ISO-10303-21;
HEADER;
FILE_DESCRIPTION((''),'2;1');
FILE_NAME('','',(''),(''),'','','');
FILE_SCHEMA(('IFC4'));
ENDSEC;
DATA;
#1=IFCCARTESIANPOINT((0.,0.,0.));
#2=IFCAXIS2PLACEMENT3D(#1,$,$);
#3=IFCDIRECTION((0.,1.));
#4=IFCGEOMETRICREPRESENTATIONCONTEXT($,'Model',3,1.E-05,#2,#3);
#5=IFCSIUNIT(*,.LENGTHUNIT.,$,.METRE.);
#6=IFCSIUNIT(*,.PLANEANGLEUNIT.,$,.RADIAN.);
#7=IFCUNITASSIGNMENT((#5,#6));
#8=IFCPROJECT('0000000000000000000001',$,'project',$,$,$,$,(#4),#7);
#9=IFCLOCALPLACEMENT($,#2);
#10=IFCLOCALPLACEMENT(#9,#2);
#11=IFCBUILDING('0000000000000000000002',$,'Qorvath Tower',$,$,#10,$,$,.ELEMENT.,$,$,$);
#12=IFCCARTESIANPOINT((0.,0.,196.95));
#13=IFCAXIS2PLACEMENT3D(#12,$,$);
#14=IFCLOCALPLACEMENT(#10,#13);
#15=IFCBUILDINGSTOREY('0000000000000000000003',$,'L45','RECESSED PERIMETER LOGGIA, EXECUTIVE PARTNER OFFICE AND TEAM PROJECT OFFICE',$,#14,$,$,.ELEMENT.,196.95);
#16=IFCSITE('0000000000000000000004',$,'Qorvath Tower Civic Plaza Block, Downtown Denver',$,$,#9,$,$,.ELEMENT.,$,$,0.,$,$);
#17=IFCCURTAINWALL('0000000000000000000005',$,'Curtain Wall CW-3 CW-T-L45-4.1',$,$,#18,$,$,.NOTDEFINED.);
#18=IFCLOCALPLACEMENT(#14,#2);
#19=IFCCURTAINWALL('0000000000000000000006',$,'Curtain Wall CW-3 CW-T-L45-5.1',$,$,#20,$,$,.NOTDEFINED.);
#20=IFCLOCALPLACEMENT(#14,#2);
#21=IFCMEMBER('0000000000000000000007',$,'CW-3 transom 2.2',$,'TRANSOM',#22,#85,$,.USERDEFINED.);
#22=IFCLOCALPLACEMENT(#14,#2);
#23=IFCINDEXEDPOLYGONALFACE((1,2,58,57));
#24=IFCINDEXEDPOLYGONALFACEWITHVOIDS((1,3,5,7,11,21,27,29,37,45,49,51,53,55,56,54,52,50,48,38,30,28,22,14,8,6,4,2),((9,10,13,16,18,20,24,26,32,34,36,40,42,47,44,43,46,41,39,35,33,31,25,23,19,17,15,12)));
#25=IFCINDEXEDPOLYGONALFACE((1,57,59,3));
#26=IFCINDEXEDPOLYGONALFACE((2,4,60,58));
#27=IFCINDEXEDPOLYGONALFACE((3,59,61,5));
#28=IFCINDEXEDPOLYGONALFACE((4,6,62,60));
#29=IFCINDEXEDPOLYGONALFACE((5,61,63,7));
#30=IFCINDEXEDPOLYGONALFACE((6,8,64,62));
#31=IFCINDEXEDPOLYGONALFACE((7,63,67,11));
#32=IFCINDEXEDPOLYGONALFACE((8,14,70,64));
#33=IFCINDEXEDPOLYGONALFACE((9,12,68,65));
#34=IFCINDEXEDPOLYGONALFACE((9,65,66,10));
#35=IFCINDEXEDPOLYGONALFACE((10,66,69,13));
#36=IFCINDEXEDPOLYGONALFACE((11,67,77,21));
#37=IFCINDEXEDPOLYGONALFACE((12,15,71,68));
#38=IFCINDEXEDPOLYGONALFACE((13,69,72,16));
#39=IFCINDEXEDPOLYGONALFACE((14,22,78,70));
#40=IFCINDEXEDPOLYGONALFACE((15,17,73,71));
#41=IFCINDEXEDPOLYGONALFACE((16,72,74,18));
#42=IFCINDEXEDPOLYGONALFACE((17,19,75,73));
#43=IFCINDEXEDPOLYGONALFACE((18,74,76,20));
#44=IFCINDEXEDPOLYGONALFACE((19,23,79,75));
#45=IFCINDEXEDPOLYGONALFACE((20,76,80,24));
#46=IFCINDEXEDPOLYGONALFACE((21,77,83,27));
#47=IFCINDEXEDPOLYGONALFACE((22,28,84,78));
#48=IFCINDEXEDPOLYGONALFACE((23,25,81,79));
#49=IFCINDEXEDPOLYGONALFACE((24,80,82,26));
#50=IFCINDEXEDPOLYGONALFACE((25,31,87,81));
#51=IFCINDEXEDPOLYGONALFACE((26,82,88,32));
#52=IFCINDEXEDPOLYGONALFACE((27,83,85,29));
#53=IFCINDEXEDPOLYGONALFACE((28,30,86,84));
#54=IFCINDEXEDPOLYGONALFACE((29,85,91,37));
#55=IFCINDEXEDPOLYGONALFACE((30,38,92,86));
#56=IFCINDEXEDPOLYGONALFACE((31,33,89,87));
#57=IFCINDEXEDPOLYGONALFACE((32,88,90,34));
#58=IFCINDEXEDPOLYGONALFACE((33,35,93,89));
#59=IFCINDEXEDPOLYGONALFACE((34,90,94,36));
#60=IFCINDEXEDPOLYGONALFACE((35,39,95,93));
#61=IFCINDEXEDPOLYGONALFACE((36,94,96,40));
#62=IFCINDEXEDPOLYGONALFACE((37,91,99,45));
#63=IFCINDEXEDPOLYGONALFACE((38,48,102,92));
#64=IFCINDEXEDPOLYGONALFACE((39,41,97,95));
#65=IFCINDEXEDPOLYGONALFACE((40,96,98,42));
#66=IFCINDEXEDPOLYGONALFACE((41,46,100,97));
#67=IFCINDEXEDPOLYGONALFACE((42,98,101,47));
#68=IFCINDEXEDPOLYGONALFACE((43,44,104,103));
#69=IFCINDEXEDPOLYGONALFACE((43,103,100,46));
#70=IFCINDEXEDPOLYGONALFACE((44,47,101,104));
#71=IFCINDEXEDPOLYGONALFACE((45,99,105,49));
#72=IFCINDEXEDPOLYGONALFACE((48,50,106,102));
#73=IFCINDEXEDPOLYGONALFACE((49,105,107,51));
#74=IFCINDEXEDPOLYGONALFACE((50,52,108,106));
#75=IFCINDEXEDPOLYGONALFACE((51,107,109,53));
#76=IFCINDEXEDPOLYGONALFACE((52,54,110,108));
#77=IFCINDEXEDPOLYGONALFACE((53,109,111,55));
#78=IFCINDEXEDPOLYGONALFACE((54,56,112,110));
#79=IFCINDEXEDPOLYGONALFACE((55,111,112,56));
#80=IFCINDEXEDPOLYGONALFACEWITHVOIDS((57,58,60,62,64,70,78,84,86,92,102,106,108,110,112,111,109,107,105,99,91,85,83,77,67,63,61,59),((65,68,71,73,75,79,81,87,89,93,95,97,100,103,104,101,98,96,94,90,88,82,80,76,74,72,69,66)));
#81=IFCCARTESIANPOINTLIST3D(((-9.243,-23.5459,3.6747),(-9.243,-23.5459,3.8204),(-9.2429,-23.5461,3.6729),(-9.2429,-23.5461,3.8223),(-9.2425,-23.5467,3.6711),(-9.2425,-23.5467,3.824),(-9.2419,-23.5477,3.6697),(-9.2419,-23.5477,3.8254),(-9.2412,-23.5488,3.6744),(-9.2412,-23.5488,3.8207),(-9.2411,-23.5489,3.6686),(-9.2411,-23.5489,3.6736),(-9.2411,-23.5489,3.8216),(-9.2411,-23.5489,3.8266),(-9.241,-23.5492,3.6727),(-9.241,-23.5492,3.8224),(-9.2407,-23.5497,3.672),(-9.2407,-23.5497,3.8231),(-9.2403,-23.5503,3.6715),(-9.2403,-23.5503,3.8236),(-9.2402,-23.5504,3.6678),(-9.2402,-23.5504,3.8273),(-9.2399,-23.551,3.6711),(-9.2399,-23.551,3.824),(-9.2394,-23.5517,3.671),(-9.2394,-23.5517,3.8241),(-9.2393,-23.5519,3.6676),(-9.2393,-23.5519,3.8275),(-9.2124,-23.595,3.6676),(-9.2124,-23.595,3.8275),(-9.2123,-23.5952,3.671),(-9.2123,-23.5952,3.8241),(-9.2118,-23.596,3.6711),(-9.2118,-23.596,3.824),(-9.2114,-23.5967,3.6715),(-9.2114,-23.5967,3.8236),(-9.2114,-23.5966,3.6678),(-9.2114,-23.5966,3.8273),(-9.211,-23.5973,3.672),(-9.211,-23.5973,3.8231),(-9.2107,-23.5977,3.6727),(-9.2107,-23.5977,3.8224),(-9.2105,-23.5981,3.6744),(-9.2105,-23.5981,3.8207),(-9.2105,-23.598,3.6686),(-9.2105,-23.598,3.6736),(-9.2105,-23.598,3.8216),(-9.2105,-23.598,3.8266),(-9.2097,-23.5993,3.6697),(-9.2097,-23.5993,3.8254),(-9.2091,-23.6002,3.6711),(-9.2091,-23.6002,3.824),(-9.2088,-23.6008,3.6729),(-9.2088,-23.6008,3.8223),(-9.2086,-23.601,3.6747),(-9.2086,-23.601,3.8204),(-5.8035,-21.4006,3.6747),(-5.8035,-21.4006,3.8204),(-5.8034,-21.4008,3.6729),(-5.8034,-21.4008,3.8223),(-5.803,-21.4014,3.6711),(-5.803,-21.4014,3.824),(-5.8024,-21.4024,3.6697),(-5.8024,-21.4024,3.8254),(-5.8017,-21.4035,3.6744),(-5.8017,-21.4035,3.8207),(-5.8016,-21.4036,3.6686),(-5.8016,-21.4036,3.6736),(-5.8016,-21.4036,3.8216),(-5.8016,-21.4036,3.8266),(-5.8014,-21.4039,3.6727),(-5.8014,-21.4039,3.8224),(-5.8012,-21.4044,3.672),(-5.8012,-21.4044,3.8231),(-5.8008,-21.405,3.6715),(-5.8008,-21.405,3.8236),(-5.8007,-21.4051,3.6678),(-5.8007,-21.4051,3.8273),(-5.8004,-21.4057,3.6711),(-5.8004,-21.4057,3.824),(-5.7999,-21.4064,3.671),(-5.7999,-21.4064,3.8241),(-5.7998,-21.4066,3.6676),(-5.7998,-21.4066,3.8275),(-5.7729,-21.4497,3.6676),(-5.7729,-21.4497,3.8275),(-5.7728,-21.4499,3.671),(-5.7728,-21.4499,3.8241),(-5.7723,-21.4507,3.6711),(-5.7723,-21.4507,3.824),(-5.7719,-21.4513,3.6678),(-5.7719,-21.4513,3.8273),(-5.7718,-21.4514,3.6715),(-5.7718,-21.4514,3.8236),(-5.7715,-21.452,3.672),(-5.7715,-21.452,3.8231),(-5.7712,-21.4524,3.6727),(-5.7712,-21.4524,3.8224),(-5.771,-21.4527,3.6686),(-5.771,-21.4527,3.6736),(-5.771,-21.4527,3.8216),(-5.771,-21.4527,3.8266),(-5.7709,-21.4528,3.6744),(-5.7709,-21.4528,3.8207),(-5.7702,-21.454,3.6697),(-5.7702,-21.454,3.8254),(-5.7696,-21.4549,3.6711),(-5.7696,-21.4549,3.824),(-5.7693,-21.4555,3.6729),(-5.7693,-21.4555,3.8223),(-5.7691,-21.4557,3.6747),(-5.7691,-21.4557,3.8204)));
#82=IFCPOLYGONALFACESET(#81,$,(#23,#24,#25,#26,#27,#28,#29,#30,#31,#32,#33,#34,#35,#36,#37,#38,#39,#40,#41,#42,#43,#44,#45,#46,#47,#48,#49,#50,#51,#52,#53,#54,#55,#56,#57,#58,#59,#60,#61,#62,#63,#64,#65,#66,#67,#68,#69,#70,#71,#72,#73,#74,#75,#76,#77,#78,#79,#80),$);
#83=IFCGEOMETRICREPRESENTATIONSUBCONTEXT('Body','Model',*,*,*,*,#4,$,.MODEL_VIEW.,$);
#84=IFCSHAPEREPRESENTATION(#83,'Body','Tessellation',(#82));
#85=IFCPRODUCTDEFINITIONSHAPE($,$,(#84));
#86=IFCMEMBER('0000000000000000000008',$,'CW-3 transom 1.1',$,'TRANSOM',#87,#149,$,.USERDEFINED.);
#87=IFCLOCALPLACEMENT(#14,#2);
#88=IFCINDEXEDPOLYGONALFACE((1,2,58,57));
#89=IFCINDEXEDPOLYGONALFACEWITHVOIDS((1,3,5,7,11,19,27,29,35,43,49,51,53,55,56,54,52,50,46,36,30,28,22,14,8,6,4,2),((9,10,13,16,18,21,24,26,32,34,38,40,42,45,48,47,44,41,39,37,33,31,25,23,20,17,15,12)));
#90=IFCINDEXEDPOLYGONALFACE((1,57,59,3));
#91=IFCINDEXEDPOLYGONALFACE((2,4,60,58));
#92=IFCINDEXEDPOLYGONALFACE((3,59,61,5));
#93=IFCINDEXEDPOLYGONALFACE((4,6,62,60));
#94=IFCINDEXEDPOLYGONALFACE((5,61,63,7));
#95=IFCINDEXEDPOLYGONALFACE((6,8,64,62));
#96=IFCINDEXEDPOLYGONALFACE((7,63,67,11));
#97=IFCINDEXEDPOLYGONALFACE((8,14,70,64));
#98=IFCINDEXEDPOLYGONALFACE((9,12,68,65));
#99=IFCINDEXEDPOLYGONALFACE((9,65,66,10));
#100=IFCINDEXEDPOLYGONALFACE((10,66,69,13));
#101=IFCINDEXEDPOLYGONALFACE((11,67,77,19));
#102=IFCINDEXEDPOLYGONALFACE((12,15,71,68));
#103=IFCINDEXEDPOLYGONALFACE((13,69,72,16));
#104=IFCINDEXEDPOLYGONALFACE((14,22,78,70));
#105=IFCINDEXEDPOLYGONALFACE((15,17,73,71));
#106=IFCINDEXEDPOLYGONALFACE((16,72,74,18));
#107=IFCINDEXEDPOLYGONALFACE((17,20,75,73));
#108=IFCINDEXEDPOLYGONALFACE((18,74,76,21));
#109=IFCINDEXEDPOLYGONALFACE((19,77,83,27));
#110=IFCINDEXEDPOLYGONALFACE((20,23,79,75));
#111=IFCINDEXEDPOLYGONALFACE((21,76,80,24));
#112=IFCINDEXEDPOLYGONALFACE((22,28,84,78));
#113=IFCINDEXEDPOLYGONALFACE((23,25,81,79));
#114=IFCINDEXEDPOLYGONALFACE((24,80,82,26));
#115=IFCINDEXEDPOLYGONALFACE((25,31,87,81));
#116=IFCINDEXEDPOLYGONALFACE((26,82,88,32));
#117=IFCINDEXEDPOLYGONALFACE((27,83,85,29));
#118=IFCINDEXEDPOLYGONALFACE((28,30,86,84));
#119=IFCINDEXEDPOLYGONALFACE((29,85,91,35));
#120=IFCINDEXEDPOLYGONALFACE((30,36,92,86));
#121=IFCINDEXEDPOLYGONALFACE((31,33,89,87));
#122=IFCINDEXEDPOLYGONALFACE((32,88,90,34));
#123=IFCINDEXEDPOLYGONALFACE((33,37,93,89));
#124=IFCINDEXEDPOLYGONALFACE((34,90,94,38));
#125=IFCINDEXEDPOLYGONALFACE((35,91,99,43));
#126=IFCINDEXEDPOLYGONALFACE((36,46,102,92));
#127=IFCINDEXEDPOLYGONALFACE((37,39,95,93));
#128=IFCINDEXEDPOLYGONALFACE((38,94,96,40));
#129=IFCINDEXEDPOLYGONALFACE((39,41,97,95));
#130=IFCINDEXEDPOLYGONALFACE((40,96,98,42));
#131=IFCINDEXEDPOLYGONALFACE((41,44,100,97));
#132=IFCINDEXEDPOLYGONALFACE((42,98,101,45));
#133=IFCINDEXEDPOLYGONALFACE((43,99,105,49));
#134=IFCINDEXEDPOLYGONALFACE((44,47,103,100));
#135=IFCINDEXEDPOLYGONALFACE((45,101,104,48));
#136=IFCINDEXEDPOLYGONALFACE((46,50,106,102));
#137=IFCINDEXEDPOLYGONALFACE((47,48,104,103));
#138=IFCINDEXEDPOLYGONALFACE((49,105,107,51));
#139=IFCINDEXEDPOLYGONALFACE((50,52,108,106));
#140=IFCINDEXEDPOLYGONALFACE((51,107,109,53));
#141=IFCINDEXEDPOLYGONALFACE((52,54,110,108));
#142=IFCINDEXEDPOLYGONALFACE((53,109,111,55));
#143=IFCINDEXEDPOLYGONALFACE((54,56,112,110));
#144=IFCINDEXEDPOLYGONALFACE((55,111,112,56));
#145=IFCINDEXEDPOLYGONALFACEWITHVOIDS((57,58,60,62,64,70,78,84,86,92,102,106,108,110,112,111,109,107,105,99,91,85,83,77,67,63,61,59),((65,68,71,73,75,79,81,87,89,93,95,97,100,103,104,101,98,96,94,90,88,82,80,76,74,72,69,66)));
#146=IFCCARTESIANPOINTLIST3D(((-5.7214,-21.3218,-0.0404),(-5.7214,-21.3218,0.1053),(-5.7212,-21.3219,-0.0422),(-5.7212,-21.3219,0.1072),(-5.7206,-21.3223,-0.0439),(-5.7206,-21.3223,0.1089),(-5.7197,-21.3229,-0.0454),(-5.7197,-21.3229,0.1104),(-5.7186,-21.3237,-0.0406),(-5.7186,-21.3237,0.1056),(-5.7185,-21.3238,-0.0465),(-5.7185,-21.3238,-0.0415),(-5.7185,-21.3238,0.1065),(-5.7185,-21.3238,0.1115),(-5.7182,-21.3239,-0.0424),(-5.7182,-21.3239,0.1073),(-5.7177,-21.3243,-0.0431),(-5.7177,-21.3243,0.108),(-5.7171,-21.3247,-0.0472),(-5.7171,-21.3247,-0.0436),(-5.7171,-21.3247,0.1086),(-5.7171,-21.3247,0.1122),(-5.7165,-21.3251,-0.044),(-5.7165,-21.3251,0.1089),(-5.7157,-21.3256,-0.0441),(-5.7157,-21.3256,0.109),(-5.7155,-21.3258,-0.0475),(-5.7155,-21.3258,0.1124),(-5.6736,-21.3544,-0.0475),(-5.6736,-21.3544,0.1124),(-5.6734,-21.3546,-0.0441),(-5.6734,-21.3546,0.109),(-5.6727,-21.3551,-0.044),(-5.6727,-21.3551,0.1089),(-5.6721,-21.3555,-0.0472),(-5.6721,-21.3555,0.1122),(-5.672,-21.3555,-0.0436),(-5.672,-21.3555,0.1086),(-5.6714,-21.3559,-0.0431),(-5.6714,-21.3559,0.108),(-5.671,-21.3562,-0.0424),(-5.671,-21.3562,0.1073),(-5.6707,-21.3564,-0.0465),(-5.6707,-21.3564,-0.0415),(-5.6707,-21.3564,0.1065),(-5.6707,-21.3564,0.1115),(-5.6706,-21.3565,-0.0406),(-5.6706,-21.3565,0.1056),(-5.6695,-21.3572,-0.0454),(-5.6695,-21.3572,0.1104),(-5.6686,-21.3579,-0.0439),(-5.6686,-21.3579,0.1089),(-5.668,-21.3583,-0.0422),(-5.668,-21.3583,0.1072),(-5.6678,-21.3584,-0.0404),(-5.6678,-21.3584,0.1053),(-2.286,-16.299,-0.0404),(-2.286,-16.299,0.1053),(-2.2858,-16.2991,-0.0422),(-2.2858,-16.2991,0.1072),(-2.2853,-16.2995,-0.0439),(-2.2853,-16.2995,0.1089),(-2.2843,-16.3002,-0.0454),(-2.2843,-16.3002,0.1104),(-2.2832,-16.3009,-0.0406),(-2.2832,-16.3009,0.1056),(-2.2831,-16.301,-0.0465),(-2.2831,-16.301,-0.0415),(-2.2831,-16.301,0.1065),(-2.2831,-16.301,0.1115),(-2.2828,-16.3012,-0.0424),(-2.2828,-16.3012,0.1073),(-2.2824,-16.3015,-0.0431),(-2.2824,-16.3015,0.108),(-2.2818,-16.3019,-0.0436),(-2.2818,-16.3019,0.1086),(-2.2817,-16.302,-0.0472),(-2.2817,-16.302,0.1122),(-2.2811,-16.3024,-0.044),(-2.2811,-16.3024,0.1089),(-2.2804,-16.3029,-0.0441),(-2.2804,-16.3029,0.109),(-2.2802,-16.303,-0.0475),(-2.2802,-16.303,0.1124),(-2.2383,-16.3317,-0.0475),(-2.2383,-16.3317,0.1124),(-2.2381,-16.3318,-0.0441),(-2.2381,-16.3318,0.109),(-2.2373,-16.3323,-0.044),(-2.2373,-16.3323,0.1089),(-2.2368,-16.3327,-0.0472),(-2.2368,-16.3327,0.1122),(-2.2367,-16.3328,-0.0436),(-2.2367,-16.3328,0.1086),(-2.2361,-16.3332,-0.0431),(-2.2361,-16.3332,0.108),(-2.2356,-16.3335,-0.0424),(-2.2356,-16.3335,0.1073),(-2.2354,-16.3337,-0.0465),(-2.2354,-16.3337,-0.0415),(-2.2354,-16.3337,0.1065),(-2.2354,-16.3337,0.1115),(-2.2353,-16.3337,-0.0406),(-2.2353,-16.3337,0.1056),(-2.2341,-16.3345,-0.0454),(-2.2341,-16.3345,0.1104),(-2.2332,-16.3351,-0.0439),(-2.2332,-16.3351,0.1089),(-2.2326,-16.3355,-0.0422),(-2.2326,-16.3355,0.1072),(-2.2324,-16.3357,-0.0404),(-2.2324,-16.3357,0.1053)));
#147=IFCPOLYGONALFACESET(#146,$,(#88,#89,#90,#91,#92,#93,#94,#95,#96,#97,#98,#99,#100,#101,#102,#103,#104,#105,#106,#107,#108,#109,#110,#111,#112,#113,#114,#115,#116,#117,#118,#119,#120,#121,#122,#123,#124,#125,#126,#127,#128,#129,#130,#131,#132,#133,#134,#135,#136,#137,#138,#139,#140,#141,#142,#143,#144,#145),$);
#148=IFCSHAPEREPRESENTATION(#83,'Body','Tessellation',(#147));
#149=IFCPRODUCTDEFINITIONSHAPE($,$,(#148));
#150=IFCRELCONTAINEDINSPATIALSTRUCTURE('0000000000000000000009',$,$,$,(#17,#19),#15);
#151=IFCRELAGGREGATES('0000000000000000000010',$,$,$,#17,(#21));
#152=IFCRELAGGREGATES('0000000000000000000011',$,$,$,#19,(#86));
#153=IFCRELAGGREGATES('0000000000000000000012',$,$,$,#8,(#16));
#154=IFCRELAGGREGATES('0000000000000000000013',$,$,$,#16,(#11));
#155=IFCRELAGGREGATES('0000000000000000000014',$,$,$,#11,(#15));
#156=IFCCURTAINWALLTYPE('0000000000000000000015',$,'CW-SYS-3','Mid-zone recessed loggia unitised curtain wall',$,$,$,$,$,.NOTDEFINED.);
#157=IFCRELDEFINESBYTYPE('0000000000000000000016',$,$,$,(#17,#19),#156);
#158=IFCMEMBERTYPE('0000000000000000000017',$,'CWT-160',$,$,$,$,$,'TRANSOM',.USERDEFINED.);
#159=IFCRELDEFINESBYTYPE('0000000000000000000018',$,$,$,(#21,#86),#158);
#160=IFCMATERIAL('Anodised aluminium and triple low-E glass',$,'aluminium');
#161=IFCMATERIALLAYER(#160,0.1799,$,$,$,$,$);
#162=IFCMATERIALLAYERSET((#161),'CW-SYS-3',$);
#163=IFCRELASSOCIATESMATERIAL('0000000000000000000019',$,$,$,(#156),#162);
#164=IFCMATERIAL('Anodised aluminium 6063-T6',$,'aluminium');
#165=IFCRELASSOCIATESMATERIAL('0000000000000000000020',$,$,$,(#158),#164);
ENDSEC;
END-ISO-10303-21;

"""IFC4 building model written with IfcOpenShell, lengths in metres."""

from ifc_helpers import new_model, si_unit, direction, frame, origin, origin_2d, place, context, subcontext, project, spatial, hollow_rectangle, extrude, material, layer, layer_set, material_profile, profile_set, type_object, element, aggregate, save


model = new_model("IFC4")

# Units and contexts
model_context = context("Model", 3, precision=1e-05, world=origin(), true_north=direction((0.0, 1.0)))
body_context = subcontext(model_context, "Body", "Model", "MODEL_VIEW")
ifc_project = project(units=[si_unit("LENGTHUNIT", "METRE"), si_unit("PLANEANGLEUNIT", "RADIAN")], contexts=[model_context])

# Site, building, storey
site_placement = place(None, origin())
site = spatial("IfcSite", under=ifc_project, at=site_placement, Name="Qorvath Tower Civic Plaza Block, Downtown Denver", CompositionType="ELEMENT", RefElevation=0.0)
building_placement = place(site_placement, origin())
building = spatial("IfcBuilding", under=site, at=building_placement, Name="Qorvath Tower", CompositionType="ELEMENT")
storey_placement = place(building_placement, frame((0.0, 0.0, 196.95)))
storey = spatial("IfcBuildingStorey", under=building, at=storey_placement, Name="L45", Description="RECESSED PERIMETER LOGGIA, EXECUTIVE PARTNER OFFICE AND TEAM PROJECT OFFICE", CompositionType="ELEMENT", Elevation=196.95)

# Shared definitions
ifc_material_1 = material(Name="Anodised aluminium and triple low-E glass", Category="aluminium")
ifc_layer_1 = layer(ifc_material_1, 0.1799)
ifc_layer_set_1 = layer_set([ifc_layer_1], Name="CW-SYS-3")
curtain_wall_type = type_object("IfcCurtainWallType", Name="CW-SYS-3", Description="Mid-zone recessed loggia unitised curtain wall", PredefinedType="NOTDEFINED", material=ifc_layer_set_1)

# Curtain wall
curtain_wall_1_placement = place(storey_placement, origin())
curtain_wall_1 = element("IfcCurtainWall", 1, at=curtain_wall_1_placement, inside=storey, type_object=curtain_wall_type, Name="Curtain Wall CW-3 CW-T-L45-4.1", PredefinedType="NOTDEFINED")

# Curtain wall
curtain_wall_2_placement = place(storey_placement, origin())
curtain_wall_2 = element("IfcCurtainWall", 2, at=curtain_wall_2_placement, inside=storey, type_object=curtain_wall_type, Name="Curtain Wall CW-3 CW-T-L45-5.1", PredefinedType="NOTDEFINED")

# Members
ifc_material_2 = material(Name="Anodised aluminium 6063-T6", Category="aluminium")
ifc_material_profile_1 = material_profile(ifc_material_2, hollow_rectangle(XDim=0.0649, YDim=0.1599, WallThickness=0.0034, InnerFilletRadius=0.0034, OuterFilletRadius=0.0071, at=origin_2d()), Name="CWT 160x65")
ifc_profile_set_1 = profile_set([ifc_material_profile_1], Name="Anodised aluminium 6063-T6")
member_type_1 = type_object("IfcMemberType", Name="CWT-160", ElementType="TRANSOM", PredefinedType="USERDEFINED", material=ifc_profile_set_1)
member_1_placement = place(storey_placement, frame((-9.2258, -23.5735, 3.7476), z_axis=(0.848485, 0.529219, 0.0), x_axis=(-0.529219, 0.848485, 0.0)))
member_1 = element("IfcMember", 3, at=member_1_placement, type_object=member_type_1, Name="CW-3 transom 2.2", ObjectType="TRANSOM", PredefinedType="USERDEFINED", context=body_context, shape_type="SweptSolid", body=[
    extrude(hollow_rectangle(XDim=0.0649, YDim=0.1599, WallThickness=0.0034, InnerFilletRadius=0.0034, OuterFilletRadius=0.0071, at=origin_2d()), origin(), (0.0, 0.0, 1.0), 4.0537),
])
member_2_placement = place(storey_placement, frame((-5.6946, -21.3401, 0.0325), z_axis=(0.56454, 0.825406, 0.0), x_axis=(-0.825406, 0.56454, 0.0)))
member_2 = element("IfcMember", 4, at=member_2_placement, type_object=member_type_1, Name="CW-3 transom 1.1", ObjectType="TRANSOM", PredefinedType="USERDEFINED", context=body_context, shape_type="SweptSolid", body=[
    extrude(hollow_rectangle(XDim=0.0649, YDim=0.1599, WallThickness=0.0034, InnerFilletRadius=0.0034, OuterFilletRadius=0.0071, at=origin_2d()), origin(), (0.0, 0.0, 1.0), 6.0852),
])

aggregate(curtain_wall_1, [member_1])
aggregate(curtain_wall_2, [member_2])

save(model, "model.ifc")
